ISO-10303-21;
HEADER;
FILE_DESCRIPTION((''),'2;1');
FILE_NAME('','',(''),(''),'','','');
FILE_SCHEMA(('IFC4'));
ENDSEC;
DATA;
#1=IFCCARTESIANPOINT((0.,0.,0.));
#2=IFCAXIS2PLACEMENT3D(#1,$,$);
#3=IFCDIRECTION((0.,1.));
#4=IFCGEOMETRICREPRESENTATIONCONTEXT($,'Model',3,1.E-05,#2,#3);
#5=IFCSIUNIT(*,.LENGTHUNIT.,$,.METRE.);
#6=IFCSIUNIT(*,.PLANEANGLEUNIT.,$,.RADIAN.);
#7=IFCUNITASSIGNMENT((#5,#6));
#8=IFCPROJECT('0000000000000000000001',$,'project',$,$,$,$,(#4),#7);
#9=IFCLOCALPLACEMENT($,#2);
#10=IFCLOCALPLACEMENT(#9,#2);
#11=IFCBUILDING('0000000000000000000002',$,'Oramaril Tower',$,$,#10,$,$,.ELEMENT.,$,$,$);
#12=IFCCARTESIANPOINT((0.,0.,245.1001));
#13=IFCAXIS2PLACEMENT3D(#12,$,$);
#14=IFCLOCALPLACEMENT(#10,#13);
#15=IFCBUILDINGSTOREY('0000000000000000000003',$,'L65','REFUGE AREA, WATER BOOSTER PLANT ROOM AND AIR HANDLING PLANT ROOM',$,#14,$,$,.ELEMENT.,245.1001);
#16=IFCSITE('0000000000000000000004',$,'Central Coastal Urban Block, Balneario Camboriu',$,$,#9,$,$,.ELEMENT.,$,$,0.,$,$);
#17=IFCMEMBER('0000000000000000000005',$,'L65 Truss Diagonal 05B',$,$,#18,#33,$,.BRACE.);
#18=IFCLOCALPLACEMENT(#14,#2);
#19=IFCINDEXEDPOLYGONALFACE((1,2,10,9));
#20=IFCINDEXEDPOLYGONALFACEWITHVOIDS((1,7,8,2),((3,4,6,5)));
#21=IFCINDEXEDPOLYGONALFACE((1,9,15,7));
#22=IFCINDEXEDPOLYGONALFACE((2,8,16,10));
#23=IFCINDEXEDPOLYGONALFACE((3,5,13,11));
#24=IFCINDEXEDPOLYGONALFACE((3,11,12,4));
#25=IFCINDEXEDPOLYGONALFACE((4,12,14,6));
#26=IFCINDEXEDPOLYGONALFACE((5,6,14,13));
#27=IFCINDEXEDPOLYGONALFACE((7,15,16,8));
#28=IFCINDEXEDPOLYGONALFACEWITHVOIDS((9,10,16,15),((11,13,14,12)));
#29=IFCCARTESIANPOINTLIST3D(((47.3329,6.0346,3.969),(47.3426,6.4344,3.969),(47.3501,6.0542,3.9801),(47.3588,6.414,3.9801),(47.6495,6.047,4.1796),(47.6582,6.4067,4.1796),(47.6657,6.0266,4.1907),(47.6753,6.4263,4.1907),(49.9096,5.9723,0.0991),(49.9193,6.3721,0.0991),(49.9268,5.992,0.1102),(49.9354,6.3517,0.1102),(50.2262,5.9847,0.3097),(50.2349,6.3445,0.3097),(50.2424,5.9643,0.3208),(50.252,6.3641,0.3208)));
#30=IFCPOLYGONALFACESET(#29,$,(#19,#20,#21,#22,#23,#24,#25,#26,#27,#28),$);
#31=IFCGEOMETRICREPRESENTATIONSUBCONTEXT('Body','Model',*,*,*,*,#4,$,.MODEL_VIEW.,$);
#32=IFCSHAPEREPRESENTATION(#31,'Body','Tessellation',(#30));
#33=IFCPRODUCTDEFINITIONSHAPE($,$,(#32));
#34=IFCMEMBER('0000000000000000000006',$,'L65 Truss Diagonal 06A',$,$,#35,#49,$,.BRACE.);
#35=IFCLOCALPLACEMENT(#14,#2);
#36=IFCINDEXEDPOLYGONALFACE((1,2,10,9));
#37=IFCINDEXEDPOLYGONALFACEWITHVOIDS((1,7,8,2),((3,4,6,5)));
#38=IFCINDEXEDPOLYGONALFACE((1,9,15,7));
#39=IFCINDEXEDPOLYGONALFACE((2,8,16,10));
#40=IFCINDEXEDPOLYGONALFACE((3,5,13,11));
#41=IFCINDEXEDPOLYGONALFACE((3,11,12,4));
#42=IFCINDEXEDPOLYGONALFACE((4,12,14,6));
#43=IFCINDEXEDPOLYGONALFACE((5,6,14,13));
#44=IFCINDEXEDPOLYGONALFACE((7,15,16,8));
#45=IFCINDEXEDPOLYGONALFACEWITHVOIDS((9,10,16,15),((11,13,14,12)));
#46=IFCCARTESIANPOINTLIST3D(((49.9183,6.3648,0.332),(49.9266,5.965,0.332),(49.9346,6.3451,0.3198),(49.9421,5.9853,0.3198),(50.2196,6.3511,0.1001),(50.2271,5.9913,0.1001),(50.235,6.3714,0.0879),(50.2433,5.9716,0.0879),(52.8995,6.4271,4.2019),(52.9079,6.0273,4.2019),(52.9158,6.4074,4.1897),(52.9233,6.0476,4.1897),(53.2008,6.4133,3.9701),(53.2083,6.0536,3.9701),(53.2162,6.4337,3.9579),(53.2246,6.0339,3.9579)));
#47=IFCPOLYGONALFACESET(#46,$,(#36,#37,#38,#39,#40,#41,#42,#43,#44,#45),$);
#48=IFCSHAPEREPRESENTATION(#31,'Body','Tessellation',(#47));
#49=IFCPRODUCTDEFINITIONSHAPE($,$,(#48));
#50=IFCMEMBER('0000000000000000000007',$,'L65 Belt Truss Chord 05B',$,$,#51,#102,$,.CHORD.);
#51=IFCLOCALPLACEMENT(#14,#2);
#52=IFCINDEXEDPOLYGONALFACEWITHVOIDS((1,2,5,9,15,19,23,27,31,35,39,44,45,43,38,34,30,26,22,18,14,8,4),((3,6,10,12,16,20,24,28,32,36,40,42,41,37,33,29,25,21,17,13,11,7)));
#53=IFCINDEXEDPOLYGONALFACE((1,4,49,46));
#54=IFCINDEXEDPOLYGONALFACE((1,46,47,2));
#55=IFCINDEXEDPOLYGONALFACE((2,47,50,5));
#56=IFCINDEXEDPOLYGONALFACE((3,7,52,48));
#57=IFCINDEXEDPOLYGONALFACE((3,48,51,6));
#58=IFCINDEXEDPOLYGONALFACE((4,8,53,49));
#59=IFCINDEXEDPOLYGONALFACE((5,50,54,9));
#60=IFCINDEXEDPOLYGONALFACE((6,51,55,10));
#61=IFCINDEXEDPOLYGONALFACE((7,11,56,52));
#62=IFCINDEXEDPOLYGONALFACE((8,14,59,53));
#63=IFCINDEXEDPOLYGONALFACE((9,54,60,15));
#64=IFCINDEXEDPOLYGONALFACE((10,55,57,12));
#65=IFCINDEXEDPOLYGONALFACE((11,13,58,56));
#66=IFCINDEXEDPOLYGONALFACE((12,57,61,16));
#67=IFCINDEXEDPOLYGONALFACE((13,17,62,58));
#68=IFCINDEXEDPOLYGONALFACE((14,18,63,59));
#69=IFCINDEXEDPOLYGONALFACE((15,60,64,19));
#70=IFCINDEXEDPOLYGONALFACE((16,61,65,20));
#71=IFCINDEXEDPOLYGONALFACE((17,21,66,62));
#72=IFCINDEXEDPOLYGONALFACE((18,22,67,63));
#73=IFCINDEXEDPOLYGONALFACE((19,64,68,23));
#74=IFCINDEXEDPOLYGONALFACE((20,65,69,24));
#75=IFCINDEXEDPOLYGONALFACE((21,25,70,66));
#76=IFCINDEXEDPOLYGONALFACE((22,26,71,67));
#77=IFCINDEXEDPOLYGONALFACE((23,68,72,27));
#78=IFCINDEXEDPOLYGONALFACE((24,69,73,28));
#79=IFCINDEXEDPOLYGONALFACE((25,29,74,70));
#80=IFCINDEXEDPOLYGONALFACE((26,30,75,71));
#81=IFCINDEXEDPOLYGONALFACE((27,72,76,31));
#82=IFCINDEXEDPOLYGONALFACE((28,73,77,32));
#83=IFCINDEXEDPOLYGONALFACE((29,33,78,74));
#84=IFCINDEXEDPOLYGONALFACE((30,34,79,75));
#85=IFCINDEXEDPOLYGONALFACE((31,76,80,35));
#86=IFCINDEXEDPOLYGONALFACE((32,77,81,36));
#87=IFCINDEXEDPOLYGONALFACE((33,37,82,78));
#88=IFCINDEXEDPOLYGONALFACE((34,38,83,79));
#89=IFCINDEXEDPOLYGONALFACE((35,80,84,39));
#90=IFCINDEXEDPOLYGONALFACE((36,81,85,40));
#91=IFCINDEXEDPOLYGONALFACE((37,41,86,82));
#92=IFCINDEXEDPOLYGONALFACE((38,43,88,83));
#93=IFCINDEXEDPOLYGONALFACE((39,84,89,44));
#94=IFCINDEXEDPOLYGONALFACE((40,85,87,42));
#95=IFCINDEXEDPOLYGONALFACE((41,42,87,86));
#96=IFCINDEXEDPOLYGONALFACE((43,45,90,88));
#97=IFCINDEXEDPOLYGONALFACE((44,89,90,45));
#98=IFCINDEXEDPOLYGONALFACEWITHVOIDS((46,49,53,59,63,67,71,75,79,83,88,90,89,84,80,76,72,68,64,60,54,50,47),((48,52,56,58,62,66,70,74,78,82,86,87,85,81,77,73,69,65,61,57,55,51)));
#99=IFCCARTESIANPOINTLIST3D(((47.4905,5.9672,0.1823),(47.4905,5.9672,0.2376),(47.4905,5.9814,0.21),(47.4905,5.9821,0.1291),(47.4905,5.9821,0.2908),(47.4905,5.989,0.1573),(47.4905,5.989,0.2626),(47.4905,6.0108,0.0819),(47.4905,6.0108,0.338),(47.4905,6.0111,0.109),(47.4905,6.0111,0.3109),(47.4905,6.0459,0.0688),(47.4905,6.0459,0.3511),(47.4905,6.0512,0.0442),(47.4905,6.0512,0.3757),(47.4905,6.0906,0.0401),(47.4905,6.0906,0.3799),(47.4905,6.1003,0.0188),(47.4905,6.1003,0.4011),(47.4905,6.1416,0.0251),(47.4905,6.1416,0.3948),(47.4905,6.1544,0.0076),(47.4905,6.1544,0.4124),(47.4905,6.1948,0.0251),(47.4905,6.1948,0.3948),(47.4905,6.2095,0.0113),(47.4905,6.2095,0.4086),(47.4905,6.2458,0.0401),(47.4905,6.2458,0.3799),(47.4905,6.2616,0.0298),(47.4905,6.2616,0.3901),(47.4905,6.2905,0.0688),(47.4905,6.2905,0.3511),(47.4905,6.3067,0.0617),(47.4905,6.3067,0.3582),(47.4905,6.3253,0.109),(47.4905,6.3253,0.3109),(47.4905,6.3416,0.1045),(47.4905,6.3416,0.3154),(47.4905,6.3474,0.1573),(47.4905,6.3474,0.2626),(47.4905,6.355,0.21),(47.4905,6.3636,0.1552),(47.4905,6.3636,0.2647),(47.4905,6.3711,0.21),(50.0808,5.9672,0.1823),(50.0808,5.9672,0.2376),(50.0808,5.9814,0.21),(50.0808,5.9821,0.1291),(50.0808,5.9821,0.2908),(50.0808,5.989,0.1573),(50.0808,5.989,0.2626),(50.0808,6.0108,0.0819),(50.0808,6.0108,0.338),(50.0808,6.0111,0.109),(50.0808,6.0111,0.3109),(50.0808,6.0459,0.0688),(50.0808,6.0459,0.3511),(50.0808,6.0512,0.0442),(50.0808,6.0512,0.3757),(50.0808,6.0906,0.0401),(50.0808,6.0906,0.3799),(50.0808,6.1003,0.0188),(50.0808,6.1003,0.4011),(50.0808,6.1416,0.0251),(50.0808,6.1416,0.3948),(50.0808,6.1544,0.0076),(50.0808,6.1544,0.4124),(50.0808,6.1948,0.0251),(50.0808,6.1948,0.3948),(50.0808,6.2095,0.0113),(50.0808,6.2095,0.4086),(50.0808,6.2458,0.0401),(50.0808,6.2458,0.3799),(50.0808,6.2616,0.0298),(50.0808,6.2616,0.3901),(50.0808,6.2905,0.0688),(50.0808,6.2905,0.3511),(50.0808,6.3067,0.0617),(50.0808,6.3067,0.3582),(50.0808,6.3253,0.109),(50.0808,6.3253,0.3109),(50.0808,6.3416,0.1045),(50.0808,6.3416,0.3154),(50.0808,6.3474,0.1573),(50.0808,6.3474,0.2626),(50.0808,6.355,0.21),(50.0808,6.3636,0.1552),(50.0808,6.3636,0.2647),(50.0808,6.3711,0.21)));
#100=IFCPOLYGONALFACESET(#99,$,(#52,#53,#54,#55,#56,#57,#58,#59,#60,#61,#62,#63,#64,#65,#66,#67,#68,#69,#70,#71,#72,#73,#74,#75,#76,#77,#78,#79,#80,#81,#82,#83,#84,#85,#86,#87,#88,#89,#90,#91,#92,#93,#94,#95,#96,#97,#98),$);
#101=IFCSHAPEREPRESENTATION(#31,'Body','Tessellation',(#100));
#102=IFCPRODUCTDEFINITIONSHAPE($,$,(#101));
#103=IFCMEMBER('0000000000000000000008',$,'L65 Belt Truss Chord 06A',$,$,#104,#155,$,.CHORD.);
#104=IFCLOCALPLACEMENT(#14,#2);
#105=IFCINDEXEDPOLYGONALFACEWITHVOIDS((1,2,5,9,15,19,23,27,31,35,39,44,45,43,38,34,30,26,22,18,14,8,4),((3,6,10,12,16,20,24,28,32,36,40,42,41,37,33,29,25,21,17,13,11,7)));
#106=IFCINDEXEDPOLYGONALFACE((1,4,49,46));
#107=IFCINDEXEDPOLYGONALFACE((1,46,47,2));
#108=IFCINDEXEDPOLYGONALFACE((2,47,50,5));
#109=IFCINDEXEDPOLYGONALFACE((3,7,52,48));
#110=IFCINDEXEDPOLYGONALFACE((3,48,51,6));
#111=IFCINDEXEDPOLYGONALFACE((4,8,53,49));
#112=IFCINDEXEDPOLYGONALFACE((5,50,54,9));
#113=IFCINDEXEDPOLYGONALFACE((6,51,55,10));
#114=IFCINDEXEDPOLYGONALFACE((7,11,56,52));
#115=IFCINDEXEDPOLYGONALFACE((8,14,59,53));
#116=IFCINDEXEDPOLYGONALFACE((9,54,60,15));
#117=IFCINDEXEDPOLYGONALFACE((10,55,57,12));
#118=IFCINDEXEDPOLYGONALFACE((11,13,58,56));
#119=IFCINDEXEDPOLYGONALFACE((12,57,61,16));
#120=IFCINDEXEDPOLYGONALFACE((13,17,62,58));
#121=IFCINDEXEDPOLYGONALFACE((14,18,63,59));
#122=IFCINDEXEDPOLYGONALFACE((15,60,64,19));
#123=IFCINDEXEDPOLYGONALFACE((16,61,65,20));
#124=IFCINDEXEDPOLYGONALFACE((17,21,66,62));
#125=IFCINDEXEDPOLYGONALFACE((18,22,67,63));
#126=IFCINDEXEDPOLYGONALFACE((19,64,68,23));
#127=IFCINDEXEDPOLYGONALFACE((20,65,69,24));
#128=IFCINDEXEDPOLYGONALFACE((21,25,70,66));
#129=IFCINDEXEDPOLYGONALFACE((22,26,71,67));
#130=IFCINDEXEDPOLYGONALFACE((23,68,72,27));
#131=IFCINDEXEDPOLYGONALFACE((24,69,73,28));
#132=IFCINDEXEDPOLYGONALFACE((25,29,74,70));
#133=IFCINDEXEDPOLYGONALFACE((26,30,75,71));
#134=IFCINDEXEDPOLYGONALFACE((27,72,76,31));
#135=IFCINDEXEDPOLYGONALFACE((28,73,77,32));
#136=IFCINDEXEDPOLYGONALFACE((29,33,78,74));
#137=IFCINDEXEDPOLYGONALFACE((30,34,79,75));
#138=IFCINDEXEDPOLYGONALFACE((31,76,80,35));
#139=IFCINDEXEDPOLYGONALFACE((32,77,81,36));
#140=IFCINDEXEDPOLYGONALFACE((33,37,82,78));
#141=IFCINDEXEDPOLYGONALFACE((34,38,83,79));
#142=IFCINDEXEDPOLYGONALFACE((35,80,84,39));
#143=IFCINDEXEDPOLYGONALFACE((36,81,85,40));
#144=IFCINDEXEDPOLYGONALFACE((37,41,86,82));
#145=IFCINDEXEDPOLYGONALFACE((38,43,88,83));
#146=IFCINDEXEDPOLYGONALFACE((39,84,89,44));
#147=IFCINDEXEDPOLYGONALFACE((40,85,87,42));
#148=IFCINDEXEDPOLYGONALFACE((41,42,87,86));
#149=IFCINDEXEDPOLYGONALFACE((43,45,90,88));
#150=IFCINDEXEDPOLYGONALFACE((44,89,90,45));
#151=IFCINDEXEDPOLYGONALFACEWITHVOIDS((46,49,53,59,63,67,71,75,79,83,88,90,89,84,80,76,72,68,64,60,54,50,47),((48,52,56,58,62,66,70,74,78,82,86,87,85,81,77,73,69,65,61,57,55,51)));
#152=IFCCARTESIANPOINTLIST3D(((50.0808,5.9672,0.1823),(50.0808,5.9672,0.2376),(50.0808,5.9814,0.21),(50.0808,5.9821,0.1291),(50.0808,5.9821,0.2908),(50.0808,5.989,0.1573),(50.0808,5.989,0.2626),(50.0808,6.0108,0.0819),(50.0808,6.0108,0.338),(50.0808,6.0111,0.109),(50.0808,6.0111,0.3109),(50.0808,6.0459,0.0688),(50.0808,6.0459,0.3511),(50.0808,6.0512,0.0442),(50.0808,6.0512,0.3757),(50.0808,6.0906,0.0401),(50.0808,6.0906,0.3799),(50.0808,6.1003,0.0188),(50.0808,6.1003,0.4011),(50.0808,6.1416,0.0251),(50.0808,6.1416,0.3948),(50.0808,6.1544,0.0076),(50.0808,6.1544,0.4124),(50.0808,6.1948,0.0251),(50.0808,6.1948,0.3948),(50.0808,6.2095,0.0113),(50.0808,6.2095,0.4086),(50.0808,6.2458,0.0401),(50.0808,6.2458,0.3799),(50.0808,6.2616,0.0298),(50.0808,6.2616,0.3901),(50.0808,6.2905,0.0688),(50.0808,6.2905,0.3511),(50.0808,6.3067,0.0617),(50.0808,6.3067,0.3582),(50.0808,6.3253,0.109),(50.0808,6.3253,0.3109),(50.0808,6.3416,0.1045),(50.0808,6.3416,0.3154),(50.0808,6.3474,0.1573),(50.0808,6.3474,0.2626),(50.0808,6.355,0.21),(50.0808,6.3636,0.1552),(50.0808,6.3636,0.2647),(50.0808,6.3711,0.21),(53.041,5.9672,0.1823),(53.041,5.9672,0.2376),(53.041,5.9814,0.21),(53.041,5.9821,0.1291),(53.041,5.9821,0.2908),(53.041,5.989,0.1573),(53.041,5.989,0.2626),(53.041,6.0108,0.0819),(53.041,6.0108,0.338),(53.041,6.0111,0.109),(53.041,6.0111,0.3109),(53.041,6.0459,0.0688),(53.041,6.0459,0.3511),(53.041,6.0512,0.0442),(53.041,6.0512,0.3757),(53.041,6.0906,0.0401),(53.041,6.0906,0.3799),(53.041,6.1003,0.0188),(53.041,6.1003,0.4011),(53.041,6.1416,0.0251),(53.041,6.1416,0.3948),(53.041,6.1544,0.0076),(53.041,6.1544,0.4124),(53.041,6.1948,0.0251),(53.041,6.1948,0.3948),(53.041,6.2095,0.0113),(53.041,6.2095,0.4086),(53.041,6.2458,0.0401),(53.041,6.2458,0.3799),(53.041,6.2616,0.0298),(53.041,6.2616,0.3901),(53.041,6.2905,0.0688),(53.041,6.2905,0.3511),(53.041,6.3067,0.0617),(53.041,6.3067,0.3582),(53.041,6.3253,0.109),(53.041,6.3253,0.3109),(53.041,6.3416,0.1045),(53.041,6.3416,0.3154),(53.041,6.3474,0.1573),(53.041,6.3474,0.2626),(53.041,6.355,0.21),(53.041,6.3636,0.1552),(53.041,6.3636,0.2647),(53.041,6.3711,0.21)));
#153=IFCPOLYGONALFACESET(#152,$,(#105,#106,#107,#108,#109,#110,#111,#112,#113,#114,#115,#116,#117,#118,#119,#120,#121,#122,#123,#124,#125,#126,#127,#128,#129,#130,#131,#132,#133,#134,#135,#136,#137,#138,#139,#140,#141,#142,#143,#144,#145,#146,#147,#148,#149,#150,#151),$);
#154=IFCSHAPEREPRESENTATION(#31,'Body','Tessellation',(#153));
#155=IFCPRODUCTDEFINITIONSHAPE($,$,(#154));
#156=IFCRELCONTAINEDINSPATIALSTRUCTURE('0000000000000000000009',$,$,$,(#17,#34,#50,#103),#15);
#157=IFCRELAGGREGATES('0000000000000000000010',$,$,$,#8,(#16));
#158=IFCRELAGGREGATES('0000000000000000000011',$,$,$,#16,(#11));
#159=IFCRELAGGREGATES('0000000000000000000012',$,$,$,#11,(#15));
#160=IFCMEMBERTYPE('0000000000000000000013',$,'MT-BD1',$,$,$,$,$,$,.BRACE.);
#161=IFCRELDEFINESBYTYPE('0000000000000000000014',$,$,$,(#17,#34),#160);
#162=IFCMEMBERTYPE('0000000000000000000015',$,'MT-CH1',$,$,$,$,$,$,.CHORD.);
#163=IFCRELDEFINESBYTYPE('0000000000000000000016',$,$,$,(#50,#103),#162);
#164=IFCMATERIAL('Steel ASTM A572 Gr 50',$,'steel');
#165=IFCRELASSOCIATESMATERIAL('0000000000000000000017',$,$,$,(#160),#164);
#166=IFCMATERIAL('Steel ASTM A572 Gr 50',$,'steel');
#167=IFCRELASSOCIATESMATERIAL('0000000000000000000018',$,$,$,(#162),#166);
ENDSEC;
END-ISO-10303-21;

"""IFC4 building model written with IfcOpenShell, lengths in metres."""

from ifc_helpers import new_model, si_unit, direction, frame, origin, origin_2d, place, context, subcontext, project, spatial, hollow_rectangle, hollow_circle, extrude, material, material_profile, profile_set, type_object, element, save


model = new_model("IFC4")

# Units and contexts
model_context = context("Model", 3, precision=1e-05, world=origin(), true_north=direction((0.0, 1.0)))
body_context = subcontext(model_context, "Body", "Model", "MODEL_VIEW")
ifc_project = project(units=[si_unit("LENGTHUNIT", "METRE"), si_unit("PLANEANGLEUNIT", "RADIAN")], contexts=[model_context])

# Site, building, storey
site_placement = place(None, origin())
site = spatial("IfcSite", under=ifc_project, at=site_placement, Name="Central Coastal Urban Block, Balneario Camboriu", CompositionType="ELEMENT", RefElevation=0.0)
building_placement = place(site_placement, origin())
building = spatial("IfcBuilding", under=site, at=building_placement, Name="Oramaril Tower", CompositionType="ELEMENT")
storey_placement = place(building_placement, frame((0.0, 0.0, 245.1001)))
storey = spatial("IfcBuildingStorey", under=building, at=storey_placement, Name="L65", Description="REFUGE AREA, WATER BOOSTER PLANT ROOM AND AIR HANDLING PLANT ROOM", CompositionType="ELEMENT", Elevation=245.1001)

# Members
ifc_material_1 = material(Name="Steel ASTM A572 Gr 50", Category="steel")
ifc_material_profile_1 = material_profile(ifc_material_1, hollow_rectangle(XDim=0.3999, YDim=0.3999, WallThickness=0.02, at=origin_2d()), Name="HSS400X400X20")
ifc_profile_set_1 = profile_set([ifc_material_profile_1], Name="Steel ASTM A572 Gr 50")
member_type_1 = type_object("IfcMemberType", Name="MT-BD1", PredefinedType="BRACE", material=ifc_profile_set_1)
member_1_placement = place(storey_placement, frame((50.0808, 6.1682, 0.21), z_axis=(-0.554166, 0.013389, 0.832299), x_axis=(-0.024154, -0.999708, 0.0)))
element("IfcMember", 1, at=member_1_placement, inside=storey, type_object=member_type_1, Name="L65 Truss Diagonal 05B", PredefinedType="BRACE", context=body_context, shape_type="SweptSolid", body=[
    extrude(hollow_rectangle(XDim=0.3999, YDim=0.3999, WallThickness=0.02, at=origin_2d()), origin(), (0.0, 0.0, 1.0), 4.6497),
])
member_2_placement = place(storey_placement, frame((50.0808, 6.1682, 0.21), z_axis=(0.610224, 0.012743, 0.792127), x_axis=(-0.020878, 0.999782, 0.0)))
element("IfcMember", 2, at=member_2_placement, inside=storey, type_object=member_type_1, Name="L65 Truss Diagonal 06A", PredefinedType="BRACE", context=body_context, shape_type="SweptSolid", body=[
    extrude(hollow_rectangle(XDim=0.3999, YDim=0.3999, WallThickness=0.02, at=origin_2d()), origin(), (0.0, 0.0, 1.0), 4.8855),
])
ifc_material_2 = material(Name="Steel ASTM A572 Gr 50", Category="steel")
ifc_material_profile_2 = material_profile(ifc_material_2, hollow_circle(Radius=0.2029, WallThickness=0.0161, at=origin_2d()), Name="CHS406X16")
ifc_profile_set_2 = profile_set([ifc_material_profile_2], Name="Steel ASTM A572 Gr 50")
member_type_2 = type_object("IfcMemberType", Name="MT-CH1", PredefinedType="CHORD", material=ifc_profile_set_2)
member_3_placement = place(storey_placement, frame((47.4905, 6.1682, 0.21), z_axis=(1.0, 0.0, 0.0), x_axis=(0.0, 1.0, 0.0)))
element("IfcMember", 3, at=member_3_placement, inside=storey, type_object=member_type_2, Name="L65 Belt Truss Chord 05B", PredefinedType="CHORD", context=body_context, shape_type="SweptSolid", body=[
    extrude(hollow_circle(Radius=0.2029, WallThickness=0.0161, at=origin_2d()), origin(), (0.0, 0.0, 1.0), 2.5903),
])
member_4_placement = place(storey_placement, frame((50.0808, 6.1682, 0.21), z_axis=(1.0, 0.0, 0.0), x_axis=(0.0, 1.0, 0.0)))
element("IfcMember", 4, at=member_4_placement, inside=storey, type_object=member_type_2, Name="L65 Belt Truss Chord 06A", PredefinedType="CHORD", context=body_context, shape_type="SweptSolid", body=[
    extrude(hollow_circle(Radius=0.2029, WallThickness=0.0161, at=origin_2d()), origin(), (0.0, 0.0, 1.0), 2.9602),
])

save(model, "model.ifc")
